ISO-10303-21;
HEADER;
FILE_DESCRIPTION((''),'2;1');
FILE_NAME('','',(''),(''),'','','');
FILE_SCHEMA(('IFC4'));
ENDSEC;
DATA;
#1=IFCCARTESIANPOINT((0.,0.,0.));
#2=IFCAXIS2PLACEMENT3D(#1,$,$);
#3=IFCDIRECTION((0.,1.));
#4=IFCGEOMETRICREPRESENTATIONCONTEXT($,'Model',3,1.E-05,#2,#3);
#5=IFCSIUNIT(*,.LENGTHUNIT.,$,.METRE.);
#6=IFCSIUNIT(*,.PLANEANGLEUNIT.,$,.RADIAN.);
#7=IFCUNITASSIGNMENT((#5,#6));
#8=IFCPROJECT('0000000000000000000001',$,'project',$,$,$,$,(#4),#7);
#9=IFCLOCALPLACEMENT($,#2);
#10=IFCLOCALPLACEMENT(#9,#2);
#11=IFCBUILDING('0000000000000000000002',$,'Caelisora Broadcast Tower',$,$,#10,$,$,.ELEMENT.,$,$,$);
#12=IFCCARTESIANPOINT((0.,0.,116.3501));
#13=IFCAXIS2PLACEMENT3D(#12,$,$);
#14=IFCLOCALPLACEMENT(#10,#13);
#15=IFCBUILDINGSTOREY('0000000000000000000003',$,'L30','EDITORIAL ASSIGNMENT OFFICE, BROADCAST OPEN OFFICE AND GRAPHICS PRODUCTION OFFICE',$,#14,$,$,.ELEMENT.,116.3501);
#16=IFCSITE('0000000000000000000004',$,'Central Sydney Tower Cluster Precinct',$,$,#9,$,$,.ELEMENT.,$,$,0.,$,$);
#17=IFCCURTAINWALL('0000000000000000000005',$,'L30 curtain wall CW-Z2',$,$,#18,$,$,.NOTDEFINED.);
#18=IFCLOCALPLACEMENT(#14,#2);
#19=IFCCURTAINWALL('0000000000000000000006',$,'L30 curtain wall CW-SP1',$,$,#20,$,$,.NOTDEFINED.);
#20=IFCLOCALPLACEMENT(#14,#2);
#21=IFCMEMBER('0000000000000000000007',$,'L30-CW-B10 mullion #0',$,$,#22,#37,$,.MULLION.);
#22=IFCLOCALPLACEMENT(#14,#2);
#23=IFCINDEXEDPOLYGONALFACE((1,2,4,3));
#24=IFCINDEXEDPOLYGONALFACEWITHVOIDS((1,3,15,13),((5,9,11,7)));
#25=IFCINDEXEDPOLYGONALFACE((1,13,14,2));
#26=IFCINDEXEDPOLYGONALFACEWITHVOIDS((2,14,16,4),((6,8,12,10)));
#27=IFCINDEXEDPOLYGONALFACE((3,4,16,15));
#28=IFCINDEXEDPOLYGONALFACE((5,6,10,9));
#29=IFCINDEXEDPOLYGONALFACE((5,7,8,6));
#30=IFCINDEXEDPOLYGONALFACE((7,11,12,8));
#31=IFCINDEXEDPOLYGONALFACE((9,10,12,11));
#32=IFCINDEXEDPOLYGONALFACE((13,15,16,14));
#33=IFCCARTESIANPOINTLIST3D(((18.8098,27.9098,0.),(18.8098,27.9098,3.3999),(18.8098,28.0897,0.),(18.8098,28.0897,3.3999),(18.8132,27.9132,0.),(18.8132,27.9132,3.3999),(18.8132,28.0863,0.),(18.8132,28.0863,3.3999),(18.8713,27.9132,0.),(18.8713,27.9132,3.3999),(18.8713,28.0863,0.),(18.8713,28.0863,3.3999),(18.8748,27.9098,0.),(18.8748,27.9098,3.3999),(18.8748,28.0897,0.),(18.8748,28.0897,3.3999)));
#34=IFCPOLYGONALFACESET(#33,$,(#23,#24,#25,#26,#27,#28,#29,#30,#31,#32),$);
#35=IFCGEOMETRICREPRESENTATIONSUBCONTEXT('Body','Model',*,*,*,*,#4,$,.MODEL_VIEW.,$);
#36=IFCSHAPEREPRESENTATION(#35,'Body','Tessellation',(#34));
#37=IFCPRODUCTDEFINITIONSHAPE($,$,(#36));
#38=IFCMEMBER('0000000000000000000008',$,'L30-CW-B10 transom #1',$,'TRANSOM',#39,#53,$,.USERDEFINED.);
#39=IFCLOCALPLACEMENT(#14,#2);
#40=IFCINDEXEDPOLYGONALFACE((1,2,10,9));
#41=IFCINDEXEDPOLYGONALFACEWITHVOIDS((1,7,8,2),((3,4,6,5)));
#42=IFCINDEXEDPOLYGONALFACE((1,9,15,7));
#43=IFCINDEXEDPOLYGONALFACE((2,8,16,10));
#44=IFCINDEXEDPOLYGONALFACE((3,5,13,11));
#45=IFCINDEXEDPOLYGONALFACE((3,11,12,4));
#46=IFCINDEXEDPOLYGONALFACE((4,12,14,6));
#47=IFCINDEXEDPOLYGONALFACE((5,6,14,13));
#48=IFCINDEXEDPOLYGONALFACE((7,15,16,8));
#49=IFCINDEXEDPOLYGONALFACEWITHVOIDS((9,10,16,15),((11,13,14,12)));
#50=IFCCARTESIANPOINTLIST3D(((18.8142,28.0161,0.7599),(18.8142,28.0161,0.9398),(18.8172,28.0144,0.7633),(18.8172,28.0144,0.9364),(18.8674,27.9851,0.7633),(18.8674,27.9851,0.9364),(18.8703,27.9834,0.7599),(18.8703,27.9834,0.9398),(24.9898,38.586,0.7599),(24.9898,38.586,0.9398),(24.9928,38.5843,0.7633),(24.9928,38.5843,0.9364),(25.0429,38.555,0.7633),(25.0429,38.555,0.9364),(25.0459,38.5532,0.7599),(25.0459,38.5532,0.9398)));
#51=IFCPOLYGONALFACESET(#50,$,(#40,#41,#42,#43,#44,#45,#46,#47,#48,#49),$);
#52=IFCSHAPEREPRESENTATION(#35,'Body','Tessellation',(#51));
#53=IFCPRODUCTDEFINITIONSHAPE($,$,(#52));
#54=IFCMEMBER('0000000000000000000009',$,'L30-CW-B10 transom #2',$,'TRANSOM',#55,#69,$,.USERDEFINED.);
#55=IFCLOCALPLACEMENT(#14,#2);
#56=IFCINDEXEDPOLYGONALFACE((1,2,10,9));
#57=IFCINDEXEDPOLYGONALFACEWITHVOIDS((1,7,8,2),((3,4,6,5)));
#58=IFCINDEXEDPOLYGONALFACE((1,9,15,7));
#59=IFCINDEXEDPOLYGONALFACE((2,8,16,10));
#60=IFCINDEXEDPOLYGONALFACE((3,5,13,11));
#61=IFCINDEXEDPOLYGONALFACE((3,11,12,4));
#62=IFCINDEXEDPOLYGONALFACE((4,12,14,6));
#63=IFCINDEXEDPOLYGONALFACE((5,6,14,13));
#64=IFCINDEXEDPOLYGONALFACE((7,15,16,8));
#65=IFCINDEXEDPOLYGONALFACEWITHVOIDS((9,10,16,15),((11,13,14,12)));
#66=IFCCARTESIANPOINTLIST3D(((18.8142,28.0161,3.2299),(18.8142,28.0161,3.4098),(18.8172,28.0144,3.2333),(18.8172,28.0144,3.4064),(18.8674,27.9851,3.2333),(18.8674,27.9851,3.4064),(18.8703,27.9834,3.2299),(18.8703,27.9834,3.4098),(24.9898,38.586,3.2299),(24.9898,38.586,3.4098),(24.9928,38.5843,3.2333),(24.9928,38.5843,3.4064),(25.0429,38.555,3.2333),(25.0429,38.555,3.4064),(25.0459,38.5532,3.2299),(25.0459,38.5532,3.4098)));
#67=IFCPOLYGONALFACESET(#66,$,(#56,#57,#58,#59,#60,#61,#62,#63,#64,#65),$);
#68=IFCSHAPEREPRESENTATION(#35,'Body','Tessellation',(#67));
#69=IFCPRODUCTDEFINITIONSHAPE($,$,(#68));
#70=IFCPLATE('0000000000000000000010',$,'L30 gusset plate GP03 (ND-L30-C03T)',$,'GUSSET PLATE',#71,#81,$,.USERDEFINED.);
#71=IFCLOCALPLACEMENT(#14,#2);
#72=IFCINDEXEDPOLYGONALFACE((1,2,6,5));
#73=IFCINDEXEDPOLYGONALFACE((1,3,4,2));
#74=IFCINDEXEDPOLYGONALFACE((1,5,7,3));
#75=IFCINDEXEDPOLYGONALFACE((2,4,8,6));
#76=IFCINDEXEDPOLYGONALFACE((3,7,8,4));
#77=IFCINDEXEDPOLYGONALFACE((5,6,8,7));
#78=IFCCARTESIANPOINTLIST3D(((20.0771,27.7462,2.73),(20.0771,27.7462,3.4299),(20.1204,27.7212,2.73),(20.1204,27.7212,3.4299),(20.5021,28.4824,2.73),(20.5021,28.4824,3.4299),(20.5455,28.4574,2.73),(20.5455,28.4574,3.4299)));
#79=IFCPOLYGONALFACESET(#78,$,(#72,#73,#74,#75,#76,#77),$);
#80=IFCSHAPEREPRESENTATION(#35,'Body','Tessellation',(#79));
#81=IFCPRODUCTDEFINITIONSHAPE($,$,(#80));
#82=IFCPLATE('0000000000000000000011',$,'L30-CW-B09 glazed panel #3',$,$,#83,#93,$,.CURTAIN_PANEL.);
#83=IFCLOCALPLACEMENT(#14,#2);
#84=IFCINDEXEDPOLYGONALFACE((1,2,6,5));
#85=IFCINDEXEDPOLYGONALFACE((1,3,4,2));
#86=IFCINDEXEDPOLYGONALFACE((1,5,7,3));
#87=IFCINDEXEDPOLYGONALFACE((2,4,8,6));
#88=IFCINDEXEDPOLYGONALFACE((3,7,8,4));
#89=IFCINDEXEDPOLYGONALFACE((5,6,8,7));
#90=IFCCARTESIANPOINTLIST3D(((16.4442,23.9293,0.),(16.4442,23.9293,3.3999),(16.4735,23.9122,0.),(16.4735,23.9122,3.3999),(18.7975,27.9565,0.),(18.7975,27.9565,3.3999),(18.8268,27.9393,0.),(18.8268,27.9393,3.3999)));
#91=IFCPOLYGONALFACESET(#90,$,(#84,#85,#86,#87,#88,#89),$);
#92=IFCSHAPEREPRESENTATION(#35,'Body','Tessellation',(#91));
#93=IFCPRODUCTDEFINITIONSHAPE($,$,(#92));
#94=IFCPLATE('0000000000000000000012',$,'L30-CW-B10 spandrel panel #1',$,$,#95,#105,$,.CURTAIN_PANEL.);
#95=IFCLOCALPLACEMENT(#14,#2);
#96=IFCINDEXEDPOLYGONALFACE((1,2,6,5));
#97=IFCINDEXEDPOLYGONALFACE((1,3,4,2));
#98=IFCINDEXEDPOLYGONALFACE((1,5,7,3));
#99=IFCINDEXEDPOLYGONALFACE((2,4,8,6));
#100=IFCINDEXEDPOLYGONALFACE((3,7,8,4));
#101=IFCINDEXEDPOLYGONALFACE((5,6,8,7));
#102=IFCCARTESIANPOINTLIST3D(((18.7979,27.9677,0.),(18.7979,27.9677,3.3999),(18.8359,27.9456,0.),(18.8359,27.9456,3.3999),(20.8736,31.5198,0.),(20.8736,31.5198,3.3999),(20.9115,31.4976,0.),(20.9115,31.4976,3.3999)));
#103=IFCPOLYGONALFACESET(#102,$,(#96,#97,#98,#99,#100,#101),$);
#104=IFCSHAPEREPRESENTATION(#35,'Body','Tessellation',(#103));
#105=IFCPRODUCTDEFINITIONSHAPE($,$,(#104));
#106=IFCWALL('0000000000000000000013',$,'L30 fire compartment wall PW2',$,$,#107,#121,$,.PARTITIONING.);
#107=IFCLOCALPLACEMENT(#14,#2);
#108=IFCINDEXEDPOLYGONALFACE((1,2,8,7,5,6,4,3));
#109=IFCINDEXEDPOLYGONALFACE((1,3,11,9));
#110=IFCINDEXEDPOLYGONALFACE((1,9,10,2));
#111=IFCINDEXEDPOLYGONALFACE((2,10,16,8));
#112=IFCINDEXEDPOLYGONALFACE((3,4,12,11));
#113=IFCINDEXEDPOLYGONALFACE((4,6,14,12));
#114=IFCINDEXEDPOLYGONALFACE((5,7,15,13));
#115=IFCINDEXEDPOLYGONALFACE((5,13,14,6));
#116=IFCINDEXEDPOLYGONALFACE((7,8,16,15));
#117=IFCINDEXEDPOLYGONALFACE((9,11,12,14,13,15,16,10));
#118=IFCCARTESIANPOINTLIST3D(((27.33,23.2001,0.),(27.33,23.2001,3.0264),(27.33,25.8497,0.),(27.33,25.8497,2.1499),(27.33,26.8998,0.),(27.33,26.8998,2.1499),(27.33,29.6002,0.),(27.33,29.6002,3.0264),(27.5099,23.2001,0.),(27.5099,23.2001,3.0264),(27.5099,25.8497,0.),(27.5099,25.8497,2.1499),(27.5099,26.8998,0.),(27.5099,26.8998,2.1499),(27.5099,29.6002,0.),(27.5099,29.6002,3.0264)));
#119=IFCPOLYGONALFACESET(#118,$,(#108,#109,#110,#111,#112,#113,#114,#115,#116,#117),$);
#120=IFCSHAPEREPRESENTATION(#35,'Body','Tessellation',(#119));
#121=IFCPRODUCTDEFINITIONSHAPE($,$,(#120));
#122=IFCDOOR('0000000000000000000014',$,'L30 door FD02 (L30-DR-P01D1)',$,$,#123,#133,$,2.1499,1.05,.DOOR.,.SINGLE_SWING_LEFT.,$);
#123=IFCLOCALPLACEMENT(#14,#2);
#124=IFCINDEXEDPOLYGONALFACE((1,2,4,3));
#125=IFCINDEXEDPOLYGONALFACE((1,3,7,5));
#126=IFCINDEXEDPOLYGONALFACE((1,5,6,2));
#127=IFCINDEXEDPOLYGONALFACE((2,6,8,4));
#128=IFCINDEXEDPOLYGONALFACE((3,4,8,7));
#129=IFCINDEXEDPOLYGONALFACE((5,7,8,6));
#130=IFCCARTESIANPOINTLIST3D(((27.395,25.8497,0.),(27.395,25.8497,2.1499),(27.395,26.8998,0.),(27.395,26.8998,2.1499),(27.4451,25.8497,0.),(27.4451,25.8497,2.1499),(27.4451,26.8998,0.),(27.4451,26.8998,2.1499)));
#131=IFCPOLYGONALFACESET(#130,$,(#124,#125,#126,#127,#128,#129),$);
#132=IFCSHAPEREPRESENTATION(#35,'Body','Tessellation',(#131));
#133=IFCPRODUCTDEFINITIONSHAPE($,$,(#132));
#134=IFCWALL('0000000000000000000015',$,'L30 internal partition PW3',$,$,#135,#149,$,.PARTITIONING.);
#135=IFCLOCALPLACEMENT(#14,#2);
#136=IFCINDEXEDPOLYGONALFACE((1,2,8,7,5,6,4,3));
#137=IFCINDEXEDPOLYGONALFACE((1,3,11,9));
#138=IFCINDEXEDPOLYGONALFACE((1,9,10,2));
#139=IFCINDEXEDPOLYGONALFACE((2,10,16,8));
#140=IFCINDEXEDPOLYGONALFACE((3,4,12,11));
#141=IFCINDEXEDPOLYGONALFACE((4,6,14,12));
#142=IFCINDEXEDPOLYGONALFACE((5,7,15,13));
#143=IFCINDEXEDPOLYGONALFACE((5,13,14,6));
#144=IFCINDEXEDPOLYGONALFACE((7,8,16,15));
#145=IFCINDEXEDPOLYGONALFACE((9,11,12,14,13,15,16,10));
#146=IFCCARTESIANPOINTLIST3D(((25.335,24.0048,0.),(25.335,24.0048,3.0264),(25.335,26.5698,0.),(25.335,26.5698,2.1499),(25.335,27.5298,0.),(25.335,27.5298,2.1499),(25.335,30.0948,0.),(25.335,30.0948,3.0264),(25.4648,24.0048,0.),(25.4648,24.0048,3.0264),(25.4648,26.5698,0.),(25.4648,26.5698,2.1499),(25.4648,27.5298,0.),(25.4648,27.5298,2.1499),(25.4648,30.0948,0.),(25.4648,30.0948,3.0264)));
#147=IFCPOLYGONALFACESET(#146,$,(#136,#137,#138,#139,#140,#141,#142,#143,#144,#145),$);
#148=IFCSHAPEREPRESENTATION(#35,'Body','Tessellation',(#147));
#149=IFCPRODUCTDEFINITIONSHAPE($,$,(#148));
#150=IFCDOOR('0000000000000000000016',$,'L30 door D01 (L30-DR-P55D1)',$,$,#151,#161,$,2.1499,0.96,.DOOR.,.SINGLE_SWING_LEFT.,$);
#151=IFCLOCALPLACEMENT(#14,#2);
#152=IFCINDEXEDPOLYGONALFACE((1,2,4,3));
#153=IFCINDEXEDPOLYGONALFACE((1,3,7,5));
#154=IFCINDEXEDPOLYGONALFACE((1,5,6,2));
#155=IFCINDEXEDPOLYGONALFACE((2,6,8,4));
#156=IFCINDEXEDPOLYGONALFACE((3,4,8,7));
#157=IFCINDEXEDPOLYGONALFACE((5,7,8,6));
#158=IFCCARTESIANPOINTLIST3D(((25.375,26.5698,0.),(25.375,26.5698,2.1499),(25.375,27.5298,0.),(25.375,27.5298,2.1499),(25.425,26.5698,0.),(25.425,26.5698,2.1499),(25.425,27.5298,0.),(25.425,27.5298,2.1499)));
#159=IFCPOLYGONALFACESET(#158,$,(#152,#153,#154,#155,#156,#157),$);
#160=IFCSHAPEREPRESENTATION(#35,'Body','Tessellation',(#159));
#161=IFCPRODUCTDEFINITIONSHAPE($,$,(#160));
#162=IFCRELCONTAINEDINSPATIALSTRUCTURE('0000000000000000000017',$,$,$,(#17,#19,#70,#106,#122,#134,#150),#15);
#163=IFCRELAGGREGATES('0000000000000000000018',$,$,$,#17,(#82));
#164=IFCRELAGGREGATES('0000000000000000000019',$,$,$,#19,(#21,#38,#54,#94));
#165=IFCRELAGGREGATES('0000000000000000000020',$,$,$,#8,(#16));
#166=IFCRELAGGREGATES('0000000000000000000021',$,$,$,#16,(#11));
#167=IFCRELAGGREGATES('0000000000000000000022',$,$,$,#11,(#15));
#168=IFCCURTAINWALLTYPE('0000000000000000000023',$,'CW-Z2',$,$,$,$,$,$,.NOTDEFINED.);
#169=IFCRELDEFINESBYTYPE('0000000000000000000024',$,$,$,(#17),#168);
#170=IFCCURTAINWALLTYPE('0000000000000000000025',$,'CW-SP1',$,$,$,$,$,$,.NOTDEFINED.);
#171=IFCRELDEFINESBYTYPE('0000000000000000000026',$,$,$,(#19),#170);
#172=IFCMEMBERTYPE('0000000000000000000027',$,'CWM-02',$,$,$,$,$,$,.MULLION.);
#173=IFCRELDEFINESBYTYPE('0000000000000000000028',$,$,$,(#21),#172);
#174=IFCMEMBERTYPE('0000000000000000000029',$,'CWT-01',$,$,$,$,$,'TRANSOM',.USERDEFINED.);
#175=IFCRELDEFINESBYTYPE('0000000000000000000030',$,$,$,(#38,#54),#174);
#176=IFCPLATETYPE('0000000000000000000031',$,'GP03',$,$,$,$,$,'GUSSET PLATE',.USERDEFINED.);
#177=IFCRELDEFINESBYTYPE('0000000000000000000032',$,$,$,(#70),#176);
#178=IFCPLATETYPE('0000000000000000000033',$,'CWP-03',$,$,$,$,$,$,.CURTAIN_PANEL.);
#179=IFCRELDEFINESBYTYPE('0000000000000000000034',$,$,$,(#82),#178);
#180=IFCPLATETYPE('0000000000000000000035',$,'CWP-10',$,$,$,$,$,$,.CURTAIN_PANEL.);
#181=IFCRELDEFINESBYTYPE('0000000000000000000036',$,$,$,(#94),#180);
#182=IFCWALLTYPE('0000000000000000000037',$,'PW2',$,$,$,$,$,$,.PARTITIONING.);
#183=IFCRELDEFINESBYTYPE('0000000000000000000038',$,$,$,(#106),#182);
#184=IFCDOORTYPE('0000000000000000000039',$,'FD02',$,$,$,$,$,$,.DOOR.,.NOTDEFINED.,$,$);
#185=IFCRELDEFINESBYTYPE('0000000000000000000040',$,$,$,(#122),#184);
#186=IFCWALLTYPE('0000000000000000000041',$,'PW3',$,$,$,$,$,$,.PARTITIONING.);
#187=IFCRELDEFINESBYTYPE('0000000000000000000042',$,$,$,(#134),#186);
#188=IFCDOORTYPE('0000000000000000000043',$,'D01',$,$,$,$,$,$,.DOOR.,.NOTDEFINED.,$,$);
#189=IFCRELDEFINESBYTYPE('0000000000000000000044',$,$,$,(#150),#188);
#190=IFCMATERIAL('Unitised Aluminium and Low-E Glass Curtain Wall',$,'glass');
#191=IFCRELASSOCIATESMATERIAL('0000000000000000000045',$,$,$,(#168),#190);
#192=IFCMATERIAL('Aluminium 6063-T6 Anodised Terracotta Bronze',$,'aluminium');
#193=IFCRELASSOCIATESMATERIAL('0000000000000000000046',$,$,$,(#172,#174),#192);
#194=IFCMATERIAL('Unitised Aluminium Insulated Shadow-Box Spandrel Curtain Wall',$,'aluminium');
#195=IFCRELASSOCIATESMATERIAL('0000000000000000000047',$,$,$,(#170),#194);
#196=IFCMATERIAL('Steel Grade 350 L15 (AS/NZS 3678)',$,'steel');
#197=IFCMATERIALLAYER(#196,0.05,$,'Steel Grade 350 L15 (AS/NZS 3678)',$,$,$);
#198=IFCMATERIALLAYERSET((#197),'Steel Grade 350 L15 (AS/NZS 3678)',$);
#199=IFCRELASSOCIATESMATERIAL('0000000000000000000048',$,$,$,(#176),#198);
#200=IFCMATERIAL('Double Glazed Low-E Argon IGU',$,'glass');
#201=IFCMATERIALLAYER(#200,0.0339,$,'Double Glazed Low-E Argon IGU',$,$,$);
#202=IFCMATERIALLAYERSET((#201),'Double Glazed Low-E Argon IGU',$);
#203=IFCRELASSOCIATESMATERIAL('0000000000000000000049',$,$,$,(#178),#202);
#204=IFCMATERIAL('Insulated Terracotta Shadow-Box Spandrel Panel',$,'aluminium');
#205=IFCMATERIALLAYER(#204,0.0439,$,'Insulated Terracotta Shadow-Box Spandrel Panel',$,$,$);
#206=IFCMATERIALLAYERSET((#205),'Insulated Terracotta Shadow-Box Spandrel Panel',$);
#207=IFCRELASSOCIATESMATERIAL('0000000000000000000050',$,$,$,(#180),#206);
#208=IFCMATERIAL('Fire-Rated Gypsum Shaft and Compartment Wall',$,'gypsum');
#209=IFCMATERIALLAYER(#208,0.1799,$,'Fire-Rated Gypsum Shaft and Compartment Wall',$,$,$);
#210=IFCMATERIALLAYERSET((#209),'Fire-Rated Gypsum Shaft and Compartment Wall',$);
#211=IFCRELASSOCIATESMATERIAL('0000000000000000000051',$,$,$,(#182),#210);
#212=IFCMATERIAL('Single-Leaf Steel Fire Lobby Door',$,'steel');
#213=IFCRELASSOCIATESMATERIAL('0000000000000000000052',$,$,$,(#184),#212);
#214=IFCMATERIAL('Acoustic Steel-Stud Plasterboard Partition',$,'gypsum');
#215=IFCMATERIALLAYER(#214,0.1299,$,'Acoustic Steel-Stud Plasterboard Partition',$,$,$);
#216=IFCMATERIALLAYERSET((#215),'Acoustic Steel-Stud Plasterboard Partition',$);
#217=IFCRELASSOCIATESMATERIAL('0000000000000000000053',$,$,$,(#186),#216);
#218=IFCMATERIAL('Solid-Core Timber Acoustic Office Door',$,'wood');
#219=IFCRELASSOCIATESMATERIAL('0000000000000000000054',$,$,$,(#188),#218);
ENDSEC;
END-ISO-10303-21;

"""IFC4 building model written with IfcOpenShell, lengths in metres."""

from ifc_helpers import new_model, si_unit, direction, frame, frame_2d, origin, origin_2d, place, context, subcontext, project, spatial, rectangle, hollow_rectangle, extrude, source, transform, mapped, material, layer, layer_set, material_profile, profile_set, type_object, type_shapes, element, fill, aggregate, save


model = new_model("IFC4")

# Units and contexts
model_context = context("Model", 3, precision=1e-05, world=origin(), true_north=direction((0.0, 1.0)))
body_context = subcontext(model_context, "Body", "Model", "MODEL_VIEW")
ifc_project = project(units=[si_unit("LENGTHUNIT", "METRE"), si_unit("PLANEANGLEUNIT", "RADIAN")], contexts=[model_context])

# Site, building, storey
site_placement = place(None, origin())
site = spatial("IfcSite", under=ifc_project, at=site_placement, Name="Central Sydney Tower Cluster Precinct", CompositionType="ELEMENT", RefElevation=0.0)
building_placement = place(site_placement, origin())
building = spatial("IfcBuilding", under=site, at=building_placement, Name="Caelisora Broadcast Tower", CompositionType="ELEMENT")
storey_placement = place(building_placement, frame((0.0, 0.0, 116.3501)))
storey = spatial("IfcBuildingStorey", under=building, at=storey_placement, Name="L30", Description="EDITORIAL ASSIGNMENT OFFICE, BROADCAST OPEN OFFICE AND GRAPHICS PRODUCTION OFFICE", CompositionType="ELEMENT", Elevation=116.3501)

# Shared definitions
ifc_material_1 = material(Name="Steel Grade 350 L15 (AS/NZS 3678)", Category="steel")

# Curtain walls, members
ifc_material_2 = material(Name="Unitised Aluminium and Low-E Glass Curtain Wall", Category="glass")
curtain_wall_type_1 = type_object("IfcCurtainWallType", Name="CW-Z2", PredefinedType="NOTDEFINED", material=ifc_material_2)
curtain_wall_1_placement = place(storey_placement, origin())
curtain_wall_1 = element("IfcCurtainWall", 1, at=curtain_wall_1_placement, inside=storey, type_object=curtain_wall_type_1, Name="L30 curtain wall CW-Z2", PredefinedType="NOTDEFINED")
ifc_material_3 = material(Name="Aluminium 6063-T6 Anodised Terracotta Bronze", Category="aluminium")
ifc_material_profile_1 = material_profile(ifc_material_3, hollow_rectangle(XDim=0.0649, YDim=0.1799, WallThickness=0.0034, at=origin_2d()), Name="Aluminium 6063-T6 Anodised Terracotta Bronze")
ifc_profile_set_1 = profile_set([ifc_material_profile_1], Name="Aluminium 6063-T6 Anodised Terracotta Bronze")
member_type_1 = type_object("IfcMemberType", Name="CWM-02", PredefinedType="MULLION", material=ifc_profile_set_1)
shared_shape_1 = source(origin(), body_context, "Body", "SweptSolid", [
    extrude(hollow_rectangle(XDim=0.0649, YDim=0.1799, WallThickness=0.0034, at=origin_2d()), origin(), (0.0, 0.0, 1.0), 3.3999),
])
type_shapes(member_type_1, [shared_shape_1])
ifc_material_4 = material(Name="Unitised Aluminium Insulated Shadow-Box Spandrel Curtain Wall", Category="aluminium")
curtain_wall_type_2 = type_object("IfcCurtainWallType", Name="CW-SP1", PredefinedType="NOTDEFINED", material=ifc_material_4)
curtain_wall_2_placement = place(storey_placement, origin())
curtain_wall_2 = element("IfcCurtainWall", 2, at=curtain_wall_2_placement, inside=storey, type_object=curtain_wall_type_2, Name="L30 curtain wall CW-SP1", PredefinedType="NOTDEFINED")
member_1_placement = place(storey_placement, frame((18.8423, 27.9998, 0.0), z_axis=(0.0, 0.0, 1.0), x_axis=(1.0, 0.0, 0.0)))
member_1 = element("IfcMember", 3, at=member_1_placement, type_object=member_type_1, Name="L30-CW-B10 mullion #0", PredefinedType="MULLION", context=body_context, shape_type="MappedRepresentation", body=[
    mapped(shared_shape_1, transform((0.0, 0.0, 0.0), scale=1.0)),
])
ifc_material_profile_2 = material_profile(ifc_material_3, hollow_rectangle(XDim=0.0649, YDim=0.1799, WallThickness=0.0034, at=origin_2d()), Name="Aluminium 6063-T6 Anodised Terracotta Bronze")
ifc_profile_set_2 = profile_set([ifc_material_profile_2], Name="Aluminium 6063-T6 Anodised Terracotta Bronze")
member_type_2 = type_object("IfcMemberType", Name="CWT-01", ElementType="TRANSOM", PredefinedType="USERDEFINED", material=ifc_profile_set_2)
shared_shape_2 = source(origin(), body_context, "Body", "SweptSolid", [
    extrude(hollow_rectangle(XDim=0.0649, YDim=0.1799, WallThickness=0.0034, at=origin_2d()), origin(), (0.0, 0.0, 1.0), 12.2417),
])
type_shapes(member_type_2, [shared_shape_2])
member_2_placement = place(storey_placement, frame((18.8423, 27.9998, 0.8499), z_axis=(0.504469, 0.86343, 0.0), x_axis=(-0.86343, 0.504469, 0.0)))
member_2 = element("IfcMember", 4, at=member_2_placement, type_object=member_type_2, Name="L30-CW-B10 transom #1", ObjectType="TRANSOM", PredefinedType="USERDEFINED", context=body_context, shape_type="MappedRepresentation", body=[
    mapped(shared_shape_2, transform((0.0, 0.0, 0.0), scale=1.0)),
])
member_3_placement = place(storey_placement, frame((18.8423, 27.9998, 3.3198), z_axis=(0.504469, 0.86343, 0.0), x_axis=(-0.86343, 0.504469, 0.0)))
member_3 = element("IfcMember", 5, at=member_3_placement, type_object=member_type_2, Name="L30-CW-B10 transom #2", ObjectType="TRANSOM", PredefinedType="USERDEFINED", context=body_context, shape_type="MappedRepresentation", body=[
    mapped(shared_shape_2, transform((0.0, 0.0, 0.0), scale=1.0)),
])

# Plates
ifc_layer_1 = layer(ifc_material_1, 0.05, Name="Steel Grade 350 L15 (AS/NZS 3678)")
ifc_layer_set_1 = layer_set([ifc_layer_1], Name="Steel Grade 350 L15 (AS/NZS 3678)")
plate_type_1 = type_object("IfcPlateType", Name="GP03", ElementType="GUSSET PLATE", PredefinedType="USERDEFINED", material=ifc_layer_set_1)
shared_shape_3 = source(origin(), body_context, "Body", "SweptSolid", [
    extrude(rectangle(XDim=0.8501, YDim=0.05, at=origin_2d()), origin(), (0.0, 0.0, 1.0), 0.7),
])
type_shapes(plate_type_1, [shared_shape_3])
plate_1_placement = place(storey_placement, frame((20.3113, 28.1018, 2.73), z_axis=(0.0, 0.0, 1.0), x_axis=(-0.5, -0.866025, 0.0)))
element("IfcPlate", 6, at=plate_1_placement, inside=storey, type_object=plate_type_1, Name="L30 gusset plate GP03 (ND-L30-C03T)", ObjectType="GUSSET PLATE", PredefinedType="USERDEFINED", context=body_context, shape_type="MappedRepresentation", body=[
    mapped(shared_shape_3, transform((0.0, 0.0, 0.0), scale=1.0)),
])
ifc_material_5 = material(Name="Double Glazed Low-E Argon IGU", Category="glass")
ifc_layer_2 = layer(ifc_material_5, 0.0339, Name="Double Glazed Low-E Argon IGU")
ifc_layer_set_2 = layer_set([ifc_layer_2], Name="Double Glazed Low-E Argon IGU")
plate_type_2 = type_object("IfcPlateType", Name="CWP-03", PredefinedType="CURTAIN_PANEL", material=ifc_layer_set_2)
shared_shape_4 = source(origin(), body_context, "Body", "SweptSolid", [
    extrude(rectangle(XDim=4.6643, YDim=0.0339, at=origin_2d()), origin(), (0.0, 0.0, 1.0), 3.3999),
])
type_shapes(plate_type_2, [shared_shape_4])
plate_2_placement = place(storey_placement, frame((17.6355, 25.9343, 0.0), z_axis=(0.0, 0.0, 1.0), x_axis=(0.504528, 0.863396, 0.0)))
plate_2 = element("IfcPlate", 7, at=plate_2_placement, type_object=plate_type_2, Name="L30-CW-B09 glazed panel #3", PredefinedType="CURTAIN_PANEL", context=body_context, shape_type="MappedRepresentation", body=[
    mapped(shared_shape_4, transform((0.0, 0.0, 0.0), scale=1.0)),
])
aggregate(curtain_wall_1, [plate_2])
ifc_material_6 = material(Name="Insulated Terracotta Shadow-Box Spandrel Panel", Category="aluminium")
ifc_layer_3 = layer(ifc_material_6, 0.0439, Name="Insulated Terracotta Shadow-Box Spandrel Panel")
ifc_layer_set_3 = layer_set([ifc_layer_3], Name="Insulated Terracotta Shadow-Box Spandrel Panel")
plate_type_3 = type_object("IfcPlateType", Name="CWP-10", PredefinedType="CURTAIN_PANEL", material=ifc_layer_set_3)
shared_shape_5 = source(origin(), body_context, "Body", "SweptSolid", [
    extrude(rectangle(XDim=4.114, YDim=0.0439, at=origin_2d()), origin(), (0.0, 0.0, 1.0), 3.3999),
])
type_shapes(plate_type_3, [shared_shape_5])
plate_3_placement = place(storey_placement, frame((19.8547, 29.7327, 0.0), z_axis=(0.0, 0.0, 1.0), x_axis=(0.504528, 0.863396, 0.0)))
plate_3 = element("IfcPlate", 8, at=plate_3_placement, type_object=plate_type_3, Name="L30-CW-B10 spandrel panel #1", PredefinedType="CURTAIN_PANEL", context=body_context, shape_type="MappedRepresentation", body=[
    mapped(shared_shape_5, transform((0.0, 0.0, 0.0), scale=1.0)),
])
aggregate(curtain_wall_2, [member_1, member_2, member_3, plate_3])

# Walls, openings, doors
ifc_material_7 = material(Name="Fire-Rated Gypsum Shaft and Compartment Wall", Category="gypsum")
ifc_layer_4 = layer(ifc_material_7, 0.1799, Name="Fire-Rated Gypsum Shaft and Compartment Wall")
ifc_layer_set_4 = layer_set([ifc_layer_4], Name="Fire-Rated Gypsum Shaft and Compartment Wall")
wall_type_1 = type_object("IfcWallType", Name="PW2", PredefinedType="PARTITIONING", material=ifc_layer_set_4)
wall_1_placement = place(storey_placement, frame((27.4199, 23.2, 0.0), z_axis=(0.0, 0.0, 1.0), x_axis=(0.0, 1.0, 0.0)))
wall_1 = element("IfcWall", 9, at=wall_1_placement, inside=storey, type_object=wall_type_1, Name="L30 fire compartment wall PW2", PredefinedType="PARTITIONING", context=body_context, shape_type="SweptSolid", body=[
    extrude(rectangle(XDim=6.4001, YDim=0.1799, at=frame_2d((3.2002, 0.0))), origin(), (0.0, 0.0, 1.0), 3.0264),
])
opening_1_placement = place(wall_1_placement, frame((2.6499, 0.0, 0.0)))
opening_1 = element("IfcOpeningElement", 10, at=opening_1_placement, cuts=wall_1, PredefinedType="OPENING", context=body_context, shape_type="SweptSolid", body=[
    extrude(rectangle(XDim=1.05, YDim=2.1499, at=frame_2d((0.5249, 1.075))), frame((0.0, 0.1021, 0.0), z_axis=(0.0, -1.0, 0.0), x_axis=(1.0, 0.0, 0.0)), (0.0, 0.0, 1.0), 0.2039),
])
ifc_material_8 = material(Name="Single-Leaf Steel Fire Lobby Door", Category="steel")
door_type_1 = type_object("IfcDoorType", Name="FD02", OperationType="NOTDEFINED", PredefinedType="DOOR", material=ifc_material_8)
door_1_placement = place(opening_1_placement, origin())
door_1 = element("IfcDoor", 11, at=door_1_placement, inside=storey, type_object=door_type_1, Name="L30 door FD02 (L30-DR-P01D1)", OperationType="SINGLE_SWING_LEFT", OverallHeight=2.1499, OverallWidth=1.05, PredefinedType="DOOR", context=body_context, shape_type="SweptSolid", body=[
    extrude(rectangle(XDim=1.05, YDim=2.1499, at=frame_2d((0.5249, 1.075))), frame((0.0, 0.0249, 0.0), z_axis=(0.0, -1.0, 0.0), x_axis=(1.0, 0.0, 0.0)), (0.0, 0.0, 1.0), 0.05),
])
fill(opening_1, door_1)
ifc_material_9 = material(Name="Acoustic Steel-Stud Plasterboard Partition", Category="gypsum")
ifc_layer_5 = layer(ifc_material_9, 0.1299, Name="Acoustic Steel-Stud Plasterboard Partition")
ifc_layer_set_5 = layer_set([ifc_layer_5], Name="Acoustic Steel-Stud Plasterboard Partition")
wall_type_2 = type_object("IfcWallType", Name="PW3", PredefinedType="PARTITIONING", material=ifc_layer_set_5)
wall_2_placement = place(storey_placement, frame((25.3999, 24.0049, 0.0), z_axis=(0.0, 0.0, 1.0), x_axis=(0.0, 1.0, 0.0)))
wall_2 = element("IfcWall", 12, at=wall_2_placement, inside=storey, type_object=wall_type_2, Name="L30 internal partition PW3", PredefinedType="PARTITIONING", context=body_context, shape_type="SweptSolid", body=[
    extrude(rectangle(XDim=6.0901, YDim=0.1299, at=frame_2d((3.0449, 0.0))), origin(), (0.0, 0.0, 1.0), 3.0264),
])
opening_2_placement = place(wall_2_placement, frame((2.5649, 0.0, 0.0)))
opening_2 = element("IfcOpeningElement", 13, at=opening_2_placement, cuts=wall_2, PredefinedType="OPENING", context=body_context, shape_type="SweptSolid", body=[
    extrude(rectangle(XDim=0.96, YDim=2.1499, at=frame_2d((0.48, 1.075))), frame((0.0, 0.0769, 0.0), z_axis=(0.0, -1.0, 0.0), x_axis=(1.0, 0.0, 0.0)), (0.0, 0.0, 1.0), 0.1538),
])
ifc_material_10 = material(Name="Solid-Core Timber Acoustic Office Door", Category="wood")
door_type_2 = type_object("IfcDoorType", Name="D01", OperationType="NOTDEFINED", PredefinedType="DOOR", material=ifc_material_10)
door_2_placement = place(opening_2_placement, origin())
door_2 = element("IfcDoor", 14, at=door_2_placement, inside=storey, type_object=door_type_2, Name="L30 door D01 (L30-DR-P55D1)", OperationType="SINGLE_SWING_LEFT", OverallHeight=2.1499, OverallWidth=0.96, PredefinedType="DOOR", context=body_context, shape_type="SweptSolid", body=[
    extrude(rectangle(XDim=0.96, YDim=2.1499, at=frame_2d((0.48, 1.075))), frame((0.0, 0.0249, 0.0), z_axis=(0.0, -1.0, 0.0), x_axis=(1.0, 0.0, 0.0)), (0.0, 0.0, 1.0), 0.05),
])
fill(opening_2, door_2)

save(model, "model.ifc")
